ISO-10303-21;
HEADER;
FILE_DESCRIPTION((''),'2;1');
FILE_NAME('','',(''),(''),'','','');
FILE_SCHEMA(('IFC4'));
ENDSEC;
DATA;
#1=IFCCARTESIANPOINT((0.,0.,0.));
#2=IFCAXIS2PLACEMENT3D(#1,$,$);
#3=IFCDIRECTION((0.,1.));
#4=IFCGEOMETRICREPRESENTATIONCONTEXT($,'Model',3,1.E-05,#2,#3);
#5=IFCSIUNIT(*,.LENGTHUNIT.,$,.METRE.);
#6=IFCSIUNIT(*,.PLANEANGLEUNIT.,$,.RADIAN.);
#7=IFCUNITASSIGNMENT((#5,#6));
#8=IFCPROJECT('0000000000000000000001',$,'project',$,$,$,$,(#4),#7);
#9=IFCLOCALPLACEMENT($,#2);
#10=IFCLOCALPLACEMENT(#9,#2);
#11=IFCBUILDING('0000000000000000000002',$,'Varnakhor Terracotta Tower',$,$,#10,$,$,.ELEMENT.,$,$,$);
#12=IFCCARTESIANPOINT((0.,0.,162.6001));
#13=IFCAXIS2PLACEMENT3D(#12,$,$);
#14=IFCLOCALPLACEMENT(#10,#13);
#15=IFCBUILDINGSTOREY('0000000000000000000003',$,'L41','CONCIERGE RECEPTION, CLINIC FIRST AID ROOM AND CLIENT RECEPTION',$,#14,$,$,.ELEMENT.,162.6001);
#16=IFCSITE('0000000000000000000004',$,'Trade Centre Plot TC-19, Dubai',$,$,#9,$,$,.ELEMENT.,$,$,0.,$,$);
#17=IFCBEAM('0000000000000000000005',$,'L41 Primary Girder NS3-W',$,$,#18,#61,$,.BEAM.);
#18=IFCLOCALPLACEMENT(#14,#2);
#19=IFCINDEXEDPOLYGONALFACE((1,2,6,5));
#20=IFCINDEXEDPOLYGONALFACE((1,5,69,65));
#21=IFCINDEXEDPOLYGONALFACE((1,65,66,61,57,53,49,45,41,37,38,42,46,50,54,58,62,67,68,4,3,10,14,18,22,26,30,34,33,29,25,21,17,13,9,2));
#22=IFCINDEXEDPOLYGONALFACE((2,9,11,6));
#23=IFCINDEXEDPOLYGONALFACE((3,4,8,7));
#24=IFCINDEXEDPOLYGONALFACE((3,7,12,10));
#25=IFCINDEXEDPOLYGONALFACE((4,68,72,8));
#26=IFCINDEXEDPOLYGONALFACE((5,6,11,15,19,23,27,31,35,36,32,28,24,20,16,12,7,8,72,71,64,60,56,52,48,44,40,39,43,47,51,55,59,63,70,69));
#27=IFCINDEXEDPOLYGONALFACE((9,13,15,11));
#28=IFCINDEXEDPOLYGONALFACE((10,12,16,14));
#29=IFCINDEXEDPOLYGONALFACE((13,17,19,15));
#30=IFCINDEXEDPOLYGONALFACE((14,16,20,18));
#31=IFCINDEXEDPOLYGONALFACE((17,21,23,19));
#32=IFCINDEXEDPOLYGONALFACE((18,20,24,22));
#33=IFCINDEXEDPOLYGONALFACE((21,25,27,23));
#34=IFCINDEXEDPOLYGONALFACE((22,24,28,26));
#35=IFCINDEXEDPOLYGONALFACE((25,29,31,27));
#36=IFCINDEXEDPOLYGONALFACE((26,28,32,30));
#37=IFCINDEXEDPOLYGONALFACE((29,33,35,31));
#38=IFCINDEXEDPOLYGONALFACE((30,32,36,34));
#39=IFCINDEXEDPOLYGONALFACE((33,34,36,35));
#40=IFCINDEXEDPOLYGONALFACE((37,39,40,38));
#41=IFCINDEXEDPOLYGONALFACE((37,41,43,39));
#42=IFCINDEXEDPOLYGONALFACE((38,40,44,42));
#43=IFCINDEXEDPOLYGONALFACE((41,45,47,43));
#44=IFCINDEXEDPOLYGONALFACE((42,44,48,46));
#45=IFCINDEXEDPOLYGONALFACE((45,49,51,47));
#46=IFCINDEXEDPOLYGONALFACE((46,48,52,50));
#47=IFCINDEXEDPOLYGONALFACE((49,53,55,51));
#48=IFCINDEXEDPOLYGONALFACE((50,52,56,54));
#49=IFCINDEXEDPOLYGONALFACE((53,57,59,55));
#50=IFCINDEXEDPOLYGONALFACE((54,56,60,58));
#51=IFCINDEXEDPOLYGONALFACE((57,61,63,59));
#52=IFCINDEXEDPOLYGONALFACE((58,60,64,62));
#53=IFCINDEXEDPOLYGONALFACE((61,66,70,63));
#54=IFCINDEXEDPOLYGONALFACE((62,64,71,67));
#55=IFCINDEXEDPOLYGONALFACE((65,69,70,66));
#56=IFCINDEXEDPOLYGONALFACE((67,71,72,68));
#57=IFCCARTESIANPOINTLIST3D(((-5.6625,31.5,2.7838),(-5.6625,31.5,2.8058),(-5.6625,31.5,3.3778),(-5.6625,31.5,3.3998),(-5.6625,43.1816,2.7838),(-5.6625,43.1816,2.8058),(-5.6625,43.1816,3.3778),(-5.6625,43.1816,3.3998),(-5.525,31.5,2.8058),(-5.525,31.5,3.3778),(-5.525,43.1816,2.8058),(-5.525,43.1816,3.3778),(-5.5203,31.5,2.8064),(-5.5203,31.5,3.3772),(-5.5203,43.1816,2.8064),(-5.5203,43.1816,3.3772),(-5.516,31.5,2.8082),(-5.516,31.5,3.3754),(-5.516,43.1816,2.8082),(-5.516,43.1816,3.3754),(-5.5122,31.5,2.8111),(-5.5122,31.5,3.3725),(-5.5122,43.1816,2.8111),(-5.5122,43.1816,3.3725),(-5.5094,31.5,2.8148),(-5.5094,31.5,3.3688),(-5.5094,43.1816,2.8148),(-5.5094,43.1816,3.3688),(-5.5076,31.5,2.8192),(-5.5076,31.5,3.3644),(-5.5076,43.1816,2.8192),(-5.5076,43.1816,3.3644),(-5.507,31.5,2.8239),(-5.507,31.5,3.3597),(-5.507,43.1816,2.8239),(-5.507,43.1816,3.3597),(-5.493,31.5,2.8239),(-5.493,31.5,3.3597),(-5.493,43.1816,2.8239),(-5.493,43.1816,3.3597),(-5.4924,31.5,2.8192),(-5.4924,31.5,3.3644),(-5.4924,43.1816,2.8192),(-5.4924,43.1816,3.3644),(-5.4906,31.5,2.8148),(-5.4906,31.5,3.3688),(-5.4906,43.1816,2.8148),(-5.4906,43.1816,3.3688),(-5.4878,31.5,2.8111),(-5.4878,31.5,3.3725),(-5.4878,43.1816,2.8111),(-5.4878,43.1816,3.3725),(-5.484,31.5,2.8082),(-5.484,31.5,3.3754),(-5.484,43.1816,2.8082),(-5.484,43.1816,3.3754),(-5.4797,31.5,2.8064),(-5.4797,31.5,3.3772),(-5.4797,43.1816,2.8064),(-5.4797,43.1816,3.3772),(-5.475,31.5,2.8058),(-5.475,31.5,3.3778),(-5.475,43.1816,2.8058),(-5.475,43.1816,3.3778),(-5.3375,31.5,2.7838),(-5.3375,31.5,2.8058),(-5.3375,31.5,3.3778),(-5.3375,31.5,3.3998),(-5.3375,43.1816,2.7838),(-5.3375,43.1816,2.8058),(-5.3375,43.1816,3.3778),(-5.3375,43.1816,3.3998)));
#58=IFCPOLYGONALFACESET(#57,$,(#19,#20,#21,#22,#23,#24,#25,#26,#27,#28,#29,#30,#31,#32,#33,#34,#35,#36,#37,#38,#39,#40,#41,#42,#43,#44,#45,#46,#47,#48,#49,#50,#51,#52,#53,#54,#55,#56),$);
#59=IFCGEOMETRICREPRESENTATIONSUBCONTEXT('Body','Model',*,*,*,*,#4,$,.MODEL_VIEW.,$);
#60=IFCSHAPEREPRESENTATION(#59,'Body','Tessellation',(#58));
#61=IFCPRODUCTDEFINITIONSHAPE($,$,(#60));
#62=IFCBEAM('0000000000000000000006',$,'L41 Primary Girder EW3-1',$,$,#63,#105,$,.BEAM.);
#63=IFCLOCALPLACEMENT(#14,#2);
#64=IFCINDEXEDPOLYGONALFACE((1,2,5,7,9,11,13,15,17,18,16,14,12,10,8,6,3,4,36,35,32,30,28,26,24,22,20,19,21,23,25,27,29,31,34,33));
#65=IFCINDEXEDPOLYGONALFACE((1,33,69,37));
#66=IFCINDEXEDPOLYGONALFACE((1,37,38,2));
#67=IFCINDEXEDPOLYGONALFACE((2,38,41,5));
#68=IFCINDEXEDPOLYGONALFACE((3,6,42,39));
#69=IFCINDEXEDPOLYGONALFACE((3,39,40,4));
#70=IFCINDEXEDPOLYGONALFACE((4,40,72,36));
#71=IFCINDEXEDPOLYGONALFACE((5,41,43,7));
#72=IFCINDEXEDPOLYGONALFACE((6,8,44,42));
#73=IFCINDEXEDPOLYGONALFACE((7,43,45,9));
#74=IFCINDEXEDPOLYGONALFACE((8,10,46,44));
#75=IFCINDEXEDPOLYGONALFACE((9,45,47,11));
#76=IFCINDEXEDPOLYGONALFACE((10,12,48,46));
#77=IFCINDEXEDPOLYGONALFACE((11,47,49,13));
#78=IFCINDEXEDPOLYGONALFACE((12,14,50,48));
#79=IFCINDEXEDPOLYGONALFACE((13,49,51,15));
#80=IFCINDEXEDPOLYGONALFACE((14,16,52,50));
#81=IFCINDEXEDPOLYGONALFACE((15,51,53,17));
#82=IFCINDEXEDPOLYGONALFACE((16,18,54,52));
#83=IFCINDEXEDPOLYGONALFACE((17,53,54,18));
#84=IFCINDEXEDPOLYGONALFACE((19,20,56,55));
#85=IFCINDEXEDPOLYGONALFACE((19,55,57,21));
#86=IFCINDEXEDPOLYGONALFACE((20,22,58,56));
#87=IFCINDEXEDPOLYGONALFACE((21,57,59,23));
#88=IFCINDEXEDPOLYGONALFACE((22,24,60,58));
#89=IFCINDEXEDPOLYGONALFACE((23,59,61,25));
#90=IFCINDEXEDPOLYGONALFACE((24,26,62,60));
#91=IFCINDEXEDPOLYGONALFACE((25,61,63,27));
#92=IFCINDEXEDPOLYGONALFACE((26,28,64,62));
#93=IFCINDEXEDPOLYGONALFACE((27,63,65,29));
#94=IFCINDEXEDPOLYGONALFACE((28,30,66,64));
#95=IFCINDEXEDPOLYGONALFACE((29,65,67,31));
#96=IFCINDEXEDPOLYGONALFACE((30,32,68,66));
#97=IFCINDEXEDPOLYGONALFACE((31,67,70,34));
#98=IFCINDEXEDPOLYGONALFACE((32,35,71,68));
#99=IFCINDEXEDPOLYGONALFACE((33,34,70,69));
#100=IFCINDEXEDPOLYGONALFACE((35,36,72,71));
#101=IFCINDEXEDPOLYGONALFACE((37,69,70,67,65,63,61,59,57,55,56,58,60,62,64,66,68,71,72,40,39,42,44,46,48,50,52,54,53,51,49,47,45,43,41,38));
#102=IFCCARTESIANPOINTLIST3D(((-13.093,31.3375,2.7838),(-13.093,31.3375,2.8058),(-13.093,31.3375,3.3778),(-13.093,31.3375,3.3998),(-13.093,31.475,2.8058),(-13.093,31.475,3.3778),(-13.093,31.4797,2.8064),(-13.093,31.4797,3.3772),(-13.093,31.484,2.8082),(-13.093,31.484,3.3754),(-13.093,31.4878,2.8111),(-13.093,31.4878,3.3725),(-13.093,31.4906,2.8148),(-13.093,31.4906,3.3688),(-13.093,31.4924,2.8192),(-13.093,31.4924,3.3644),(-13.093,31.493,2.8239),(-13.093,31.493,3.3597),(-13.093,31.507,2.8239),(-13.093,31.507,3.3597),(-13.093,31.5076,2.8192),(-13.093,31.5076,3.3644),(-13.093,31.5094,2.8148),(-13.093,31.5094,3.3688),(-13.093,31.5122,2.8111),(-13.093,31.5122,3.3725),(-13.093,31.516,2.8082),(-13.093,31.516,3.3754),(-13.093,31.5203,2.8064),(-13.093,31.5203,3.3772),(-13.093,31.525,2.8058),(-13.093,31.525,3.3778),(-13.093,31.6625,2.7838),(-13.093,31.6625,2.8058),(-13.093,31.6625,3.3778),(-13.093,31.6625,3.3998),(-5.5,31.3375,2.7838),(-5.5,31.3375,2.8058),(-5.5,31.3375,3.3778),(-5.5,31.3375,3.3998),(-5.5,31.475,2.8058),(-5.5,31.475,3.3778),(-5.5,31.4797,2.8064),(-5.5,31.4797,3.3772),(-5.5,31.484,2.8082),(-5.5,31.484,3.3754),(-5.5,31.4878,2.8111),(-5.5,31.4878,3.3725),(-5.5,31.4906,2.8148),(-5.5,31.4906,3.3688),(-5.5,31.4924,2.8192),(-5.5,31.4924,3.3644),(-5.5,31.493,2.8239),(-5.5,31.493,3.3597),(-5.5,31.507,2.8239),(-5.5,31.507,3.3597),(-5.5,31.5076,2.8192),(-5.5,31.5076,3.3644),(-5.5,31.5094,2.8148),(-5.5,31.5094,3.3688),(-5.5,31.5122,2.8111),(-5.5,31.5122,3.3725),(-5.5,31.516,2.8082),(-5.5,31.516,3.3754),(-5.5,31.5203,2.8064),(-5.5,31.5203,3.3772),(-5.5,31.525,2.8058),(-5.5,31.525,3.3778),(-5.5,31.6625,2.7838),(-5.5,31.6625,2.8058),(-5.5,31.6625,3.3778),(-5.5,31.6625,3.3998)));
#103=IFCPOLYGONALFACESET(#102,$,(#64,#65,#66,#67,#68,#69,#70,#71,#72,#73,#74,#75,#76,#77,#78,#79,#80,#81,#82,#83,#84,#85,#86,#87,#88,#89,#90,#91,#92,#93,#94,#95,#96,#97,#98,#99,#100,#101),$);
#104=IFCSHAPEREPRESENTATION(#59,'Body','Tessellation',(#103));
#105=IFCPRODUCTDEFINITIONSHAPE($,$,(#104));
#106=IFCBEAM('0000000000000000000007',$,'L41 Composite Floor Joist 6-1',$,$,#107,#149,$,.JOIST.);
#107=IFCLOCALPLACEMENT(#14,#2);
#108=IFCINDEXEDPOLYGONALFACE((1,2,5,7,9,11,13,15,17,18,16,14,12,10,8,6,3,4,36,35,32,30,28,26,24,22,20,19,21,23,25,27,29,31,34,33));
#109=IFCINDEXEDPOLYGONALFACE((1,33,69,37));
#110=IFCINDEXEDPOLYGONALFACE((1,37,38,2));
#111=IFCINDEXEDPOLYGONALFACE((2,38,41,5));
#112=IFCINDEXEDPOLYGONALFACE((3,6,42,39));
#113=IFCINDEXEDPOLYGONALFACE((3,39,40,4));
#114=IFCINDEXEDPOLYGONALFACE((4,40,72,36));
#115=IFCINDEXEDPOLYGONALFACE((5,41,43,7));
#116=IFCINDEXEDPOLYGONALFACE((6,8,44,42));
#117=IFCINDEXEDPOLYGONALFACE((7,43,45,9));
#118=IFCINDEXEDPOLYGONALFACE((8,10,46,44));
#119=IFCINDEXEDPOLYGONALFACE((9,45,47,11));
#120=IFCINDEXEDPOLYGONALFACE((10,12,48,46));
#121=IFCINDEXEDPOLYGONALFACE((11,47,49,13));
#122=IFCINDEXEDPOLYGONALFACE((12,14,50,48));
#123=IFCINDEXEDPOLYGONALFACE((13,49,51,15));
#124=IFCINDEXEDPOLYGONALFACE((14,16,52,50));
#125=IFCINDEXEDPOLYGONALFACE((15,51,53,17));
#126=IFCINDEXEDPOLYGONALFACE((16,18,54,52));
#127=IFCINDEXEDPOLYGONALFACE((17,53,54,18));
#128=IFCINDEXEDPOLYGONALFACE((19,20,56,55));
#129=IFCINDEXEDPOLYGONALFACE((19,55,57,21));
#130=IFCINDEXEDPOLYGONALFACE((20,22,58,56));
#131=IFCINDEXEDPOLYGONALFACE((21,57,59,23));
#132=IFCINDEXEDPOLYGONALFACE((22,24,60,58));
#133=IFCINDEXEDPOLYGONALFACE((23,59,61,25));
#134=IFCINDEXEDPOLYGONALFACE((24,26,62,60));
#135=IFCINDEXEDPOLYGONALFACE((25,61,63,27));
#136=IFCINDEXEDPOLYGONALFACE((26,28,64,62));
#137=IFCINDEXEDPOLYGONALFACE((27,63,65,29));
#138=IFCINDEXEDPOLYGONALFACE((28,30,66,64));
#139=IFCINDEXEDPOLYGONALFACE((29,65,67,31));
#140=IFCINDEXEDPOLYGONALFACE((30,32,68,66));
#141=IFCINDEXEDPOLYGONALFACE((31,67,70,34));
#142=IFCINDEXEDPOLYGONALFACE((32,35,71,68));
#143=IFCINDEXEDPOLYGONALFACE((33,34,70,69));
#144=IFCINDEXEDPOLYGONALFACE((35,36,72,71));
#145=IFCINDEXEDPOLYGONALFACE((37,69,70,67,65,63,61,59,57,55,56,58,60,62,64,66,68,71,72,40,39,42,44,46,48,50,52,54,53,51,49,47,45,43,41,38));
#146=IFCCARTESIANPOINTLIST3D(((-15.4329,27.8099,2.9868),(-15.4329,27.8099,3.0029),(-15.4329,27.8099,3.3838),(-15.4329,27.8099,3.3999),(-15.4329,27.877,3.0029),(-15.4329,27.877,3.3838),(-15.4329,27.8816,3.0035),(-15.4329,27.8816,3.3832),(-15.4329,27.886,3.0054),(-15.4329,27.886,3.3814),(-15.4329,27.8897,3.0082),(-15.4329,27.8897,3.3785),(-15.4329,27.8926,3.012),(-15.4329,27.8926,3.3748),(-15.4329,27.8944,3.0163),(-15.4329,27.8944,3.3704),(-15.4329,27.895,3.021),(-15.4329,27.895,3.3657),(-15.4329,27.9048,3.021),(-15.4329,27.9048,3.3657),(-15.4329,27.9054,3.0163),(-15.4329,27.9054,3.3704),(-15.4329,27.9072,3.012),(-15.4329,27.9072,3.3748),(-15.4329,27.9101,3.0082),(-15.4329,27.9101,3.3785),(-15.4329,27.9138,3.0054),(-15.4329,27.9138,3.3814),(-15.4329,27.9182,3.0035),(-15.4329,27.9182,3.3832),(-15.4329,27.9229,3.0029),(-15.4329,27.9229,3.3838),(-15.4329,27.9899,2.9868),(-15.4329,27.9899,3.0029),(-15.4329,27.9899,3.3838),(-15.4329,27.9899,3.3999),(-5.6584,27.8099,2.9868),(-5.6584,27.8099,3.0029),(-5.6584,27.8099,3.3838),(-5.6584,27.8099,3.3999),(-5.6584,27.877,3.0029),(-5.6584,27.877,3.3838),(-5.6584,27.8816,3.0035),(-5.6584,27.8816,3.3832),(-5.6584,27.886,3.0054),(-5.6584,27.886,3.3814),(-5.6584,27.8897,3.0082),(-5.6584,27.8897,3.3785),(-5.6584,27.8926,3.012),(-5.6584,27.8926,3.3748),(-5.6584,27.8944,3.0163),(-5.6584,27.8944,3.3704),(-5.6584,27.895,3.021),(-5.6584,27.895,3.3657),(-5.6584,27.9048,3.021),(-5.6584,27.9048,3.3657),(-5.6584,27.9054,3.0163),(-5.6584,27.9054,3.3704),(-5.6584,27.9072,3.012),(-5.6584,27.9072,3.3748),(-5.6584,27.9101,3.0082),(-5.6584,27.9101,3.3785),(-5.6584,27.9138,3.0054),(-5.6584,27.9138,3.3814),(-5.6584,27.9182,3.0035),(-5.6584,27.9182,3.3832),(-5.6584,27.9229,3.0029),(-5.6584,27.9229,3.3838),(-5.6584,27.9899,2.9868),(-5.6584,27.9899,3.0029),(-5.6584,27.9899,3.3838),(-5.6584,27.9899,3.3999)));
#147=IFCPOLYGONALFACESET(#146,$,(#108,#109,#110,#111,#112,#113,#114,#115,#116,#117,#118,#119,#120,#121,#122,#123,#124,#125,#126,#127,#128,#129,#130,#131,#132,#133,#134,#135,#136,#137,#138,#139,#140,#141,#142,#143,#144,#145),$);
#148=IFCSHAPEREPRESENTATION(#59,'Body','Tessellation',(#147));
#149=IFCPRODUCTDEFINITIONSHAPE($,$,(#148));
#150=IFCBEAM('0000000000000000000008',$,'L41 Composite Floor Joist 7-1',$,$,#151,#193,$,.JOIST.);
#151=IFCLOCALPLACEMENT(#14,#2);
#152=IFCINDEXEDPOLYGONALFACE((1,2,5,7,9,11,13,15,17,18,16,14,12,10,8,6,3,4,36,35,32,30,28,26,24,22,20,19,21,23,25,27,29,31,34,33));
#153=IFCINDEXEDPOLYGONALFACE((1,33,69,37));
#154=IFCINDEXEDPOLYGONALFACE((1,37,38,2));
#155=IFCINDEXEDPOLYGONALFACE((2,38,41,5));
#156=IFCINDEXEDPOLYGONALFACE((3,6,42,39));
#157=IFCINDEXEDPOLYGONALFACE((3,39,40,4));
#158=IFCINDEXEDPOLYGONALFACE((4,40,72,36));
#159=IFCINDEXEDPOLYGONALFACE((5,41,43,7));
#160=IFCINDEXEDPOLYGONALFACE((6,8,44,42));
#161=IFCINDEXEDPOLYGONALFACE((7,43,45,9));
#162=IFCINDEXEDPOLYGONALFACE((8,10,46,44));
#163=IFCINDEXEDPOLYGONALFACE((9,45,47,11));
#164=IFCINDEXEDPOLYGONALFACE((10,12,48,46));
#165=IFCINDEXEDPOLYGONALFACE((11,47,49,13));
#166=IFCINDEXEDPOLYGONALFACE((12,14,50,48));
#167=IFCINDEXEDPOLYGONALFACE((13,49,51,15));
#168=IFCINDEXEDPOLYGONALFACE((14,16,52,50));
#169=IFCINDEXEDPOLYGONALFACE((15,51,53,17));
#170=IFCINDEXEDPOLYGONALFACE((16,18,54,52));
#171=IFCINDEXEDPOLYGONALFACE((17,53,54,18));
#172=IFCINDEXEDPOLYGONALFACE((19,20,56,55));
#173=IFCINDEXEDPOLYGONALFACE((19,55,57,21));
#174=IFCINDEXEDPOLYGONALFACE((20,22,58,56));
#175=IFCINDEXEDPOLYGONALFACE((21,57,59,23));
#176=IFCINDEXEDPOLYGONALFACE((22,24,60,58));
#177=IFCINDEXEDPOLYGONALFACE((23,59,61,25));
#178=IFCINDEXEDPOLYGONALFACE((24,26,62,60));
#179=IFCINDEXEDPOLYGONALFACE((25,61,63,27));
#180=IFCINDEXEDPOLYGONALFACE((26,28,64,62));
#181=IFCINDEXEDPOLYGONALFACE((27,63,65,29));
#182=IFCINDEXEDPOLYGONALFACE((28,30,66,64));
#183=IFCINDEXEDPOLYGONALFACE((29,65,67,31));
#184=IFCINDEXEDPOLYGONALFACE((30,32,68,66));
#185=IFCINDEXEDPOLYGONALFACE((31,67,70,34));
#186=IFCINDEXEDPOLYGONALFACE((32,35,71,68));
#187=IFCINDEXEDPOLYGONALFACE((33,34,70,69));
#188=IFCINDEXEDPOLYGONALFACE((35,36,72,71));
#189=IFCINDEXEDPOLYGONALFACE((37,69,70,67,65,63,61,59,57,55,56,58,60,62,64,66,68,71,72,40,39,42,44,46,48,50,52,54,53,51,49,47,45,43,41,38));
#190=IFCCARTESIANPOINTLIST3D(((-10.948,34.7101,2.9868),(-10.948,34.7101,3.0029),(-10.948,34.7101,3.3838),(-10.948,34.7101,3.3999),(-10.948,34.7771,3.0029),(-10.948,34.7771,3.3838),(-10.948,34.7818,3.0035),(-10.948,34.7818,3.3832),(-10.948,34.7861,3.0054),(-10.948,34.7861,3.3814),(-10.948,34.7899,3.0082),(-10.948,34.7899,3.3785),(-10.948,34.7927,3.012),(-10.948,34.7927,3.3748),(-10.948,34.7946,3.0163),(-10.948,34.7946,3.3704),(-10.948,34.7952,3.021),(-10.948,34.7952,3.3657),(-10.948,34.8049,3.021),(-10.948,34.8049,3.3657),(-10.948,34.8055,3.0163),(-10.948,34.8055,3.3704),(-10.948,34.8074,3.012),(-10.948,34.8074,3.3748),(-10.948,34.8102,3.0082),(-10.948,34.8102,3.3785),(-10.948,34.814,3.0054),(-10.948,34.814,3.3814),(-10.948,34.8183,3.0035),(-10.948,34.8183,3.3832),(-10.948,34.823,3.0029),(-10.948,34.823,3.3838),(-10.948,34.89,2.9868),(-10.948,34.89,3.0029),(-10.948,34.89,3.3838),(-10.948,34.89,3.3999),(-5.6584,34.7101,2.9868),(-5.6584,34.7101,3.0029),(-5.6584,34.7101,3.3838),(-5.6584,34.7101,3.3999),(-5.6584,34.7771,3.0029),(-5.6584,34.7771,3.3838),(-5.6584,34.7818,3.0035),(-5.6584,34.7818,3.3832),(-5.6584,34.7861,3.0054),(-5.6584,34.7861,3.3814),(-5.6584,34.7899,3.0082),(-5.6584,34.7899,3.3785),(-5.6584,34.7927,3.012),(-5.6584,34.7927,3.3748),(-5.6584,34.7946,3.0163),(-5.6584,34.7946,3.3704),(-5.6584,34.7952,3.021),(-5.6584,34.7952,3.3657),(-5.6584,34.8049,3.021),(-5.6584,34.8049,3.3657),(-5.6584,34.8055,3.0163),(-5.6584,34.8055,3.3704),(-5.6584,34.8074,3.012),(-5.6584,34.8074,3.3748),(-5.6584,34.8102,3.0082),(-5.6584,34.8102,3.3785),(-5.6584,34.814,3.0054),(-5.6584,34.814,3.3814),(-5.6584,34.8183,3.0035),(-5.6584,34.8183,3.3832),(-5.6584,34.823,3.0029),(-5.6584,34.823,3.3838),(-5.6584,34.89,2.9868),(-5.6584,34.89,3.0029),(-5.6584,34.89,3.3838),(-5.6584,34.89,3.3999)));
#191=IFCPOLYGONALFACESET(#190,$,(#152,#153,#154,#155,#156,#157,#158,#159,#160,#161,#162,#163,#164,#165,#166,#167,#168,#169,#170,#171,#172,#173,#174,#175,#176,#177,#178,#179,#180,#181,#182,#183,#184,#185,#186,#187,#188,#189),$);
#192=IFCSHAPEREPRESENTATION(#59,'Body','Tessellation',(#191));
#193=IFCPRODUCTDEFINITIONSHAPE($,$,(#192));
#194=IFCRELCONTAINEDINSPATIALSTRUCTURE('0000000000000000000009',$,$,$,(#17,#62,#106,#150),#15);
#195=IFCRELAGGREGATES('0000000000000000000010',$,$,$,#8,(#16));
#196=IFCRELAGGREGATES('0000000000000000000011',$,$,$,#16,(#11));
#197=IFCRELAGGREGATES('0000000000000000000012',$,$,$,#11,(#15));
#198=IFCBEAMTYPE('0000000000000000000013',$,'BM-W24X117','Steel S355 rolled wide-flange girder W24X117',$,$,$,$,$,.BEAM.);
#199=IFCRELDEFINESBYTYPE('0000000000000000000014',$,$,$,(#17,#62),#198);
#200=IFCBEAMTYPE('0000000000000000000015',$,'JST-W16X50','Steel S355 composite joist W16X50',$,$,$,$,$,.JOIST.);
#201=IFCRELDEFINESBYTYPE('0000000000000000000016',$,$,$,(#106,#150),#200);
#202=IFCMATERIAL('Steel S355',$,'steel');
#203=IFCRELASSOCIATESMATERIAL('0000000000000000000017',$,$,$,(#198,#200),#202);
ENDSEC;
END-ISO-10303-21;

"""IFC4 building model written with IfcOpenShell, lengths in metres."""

from ifc_helpers import new_model, si_unit, direction, frame, origin, origin_2d, place, context, subcontext, project, spatial, i_section, extrude, source, transform, mapped, material, material_profile, profile_set, type_object, element, save


model = new_model("IFC4")

# Units and contexts
model_context = context("Model", 3, precision=1e-05, world=origin(), true_north=direction((0.0, 1.0)))
body_context = subcontext(model_context, "Body", "Model", "MODEL_VIEW")
ifc_project = project(units=[si_unit("LENGTHUNIT", "METRE"), si_unit("PLANEANGLEUNIT", "RADIAN")], contexts=[model_context])

# Site, building, storey
site_placement = place(None, origin())
site = spatial("IfcSite", under=ifc_project, at=site_placement, Name="Trade Centre Plot TC-19, Dubai", CompositionType="ELEMENT", RefElevation=0.0)
building_placement = place(site_placement, origin())
building = spatial("IfcBuilding", under=site, at=building_placement, Name="Varnakhor Terracotta Tower", CompositionType="ELEMENT")
storey_placement = place(building_placement, frame((0.0, 0.0, 162.6001)))
storey = spatial("IfcBuildingStorey", under=building, at=storey_placement, Name="L41", Description="CONCIERGE RECEPTION, CLINIC FIRST AID ROOM AND CLIENT RECEPTION", CompositionType="ELEMENT", Elevation=162.6001)

# Beams
ifc_material_1 = material(Name="Steel S355", Category="steel")
ifc_material_profile_1 = material_profile(ifc_material_1, i_section(OverallWidth=0.325, OverallDepth=0.616, WebThickness=0.0139, FlangeThickness=0.022, FilletRadius=0.0181, at=origin_2d()), Name="W24X117")
ifc_profile_set_1 = profile_set([ifc_material_profile_1], Name="Steel S355")
beam_type_1 = type_object("IfcBeamType", Name="BM-W24X117", Description="Steel S355 rolled wide-flange girder W24X117", PredefinedType="BEAM", material=ifc_profile_set_1)
ifc_material_profile_2 = material_profile(ifc_material_1, i_section(OverallWidth=0.1799, OverallDepth=0.4131, WebThickness=0.0098, FlangeThickness=0.0161, FilletRadius=0.0181, at=origin_2d()), Name="W16X50")
ifc_profile_set_2 = profile_set([ifc_material_profile_2], Name="Steel S355")
beam_type_2 = type_object("IfcBeamType", Name="JST-W16X50", Description="Steel S355 composite joist W16X50", PredefinedType="JOIST", material=ifc_profile_set_2)
shared_shape_1 = source(origin(), body_context, "Body", "SweptSolid", [
    extrude(i_section(OverallWidth=0.325, OverallDepth=0.616, WebThickness=0.0139, FlangeThickness=0.022, FilletRadius=0.0181, at=origin_2d()), origin(), (0.0, 0.0, 1.0), 11.6816),
])
beam_1_placement = place(storey_placement, frame((-5.5, 31.5, 3.0918), z_axis=(0.0, 1.0, 0.0), x_axis=(-1.0, 0.0, 0.0)))
element("IfcBeam", 1, at=beam_1_placement, inside=storey, type_object=beam_type_1, Name="L41 Primary Girder NS3-W", PredefinedType="BEAM", context=body_context, shape_type="MappedRepresentation", body=[
    mapped(shared_shape_1, transform((0.0, 0.0, 0.0), scale=1.0)),
])
shared_shape_2 = source(origin(), body_context, "Body", "SweptSolid", [
    extrude(i_section(OverallWidth=0.325, OverallDepth=0.616, WebThickness=0.0139, FlangeThickness=0.022, FilletRadius=0.0181, at=origin_2d()), origin(), (0.0, 0.0, 1.0), 7.593),
])
beam_2_placement = place(storey_placement, frame((-13.093, 31.5, 3.0918), z_axis=(1.0, 0.0, 0.0), x_axis=(0.0, 1.0, 0.0)))
element("IfcBeam", 2, at=beam_2_placement, inside=storey, type_object=beam_type_1, Name="L41 Primary Girder EW3-1", PredefinedType="BEAM", context=body_context, shape_type="MappedRepresentation", body=[
    mapped(shared_shape_2, transform((0.0, 0.0, 0.0), scale=1.0)),
])
shared_shape_3 = source(origin(), body_context, "Body", "SweptSolid", [
    extrude(i_section(OverallWidth=0.1799, OverallDepth=0.4131, WebThickness=0.0098, FlangeThickness=0.0161, FilletRadius=0.0181, at=origin_2d()), origin(), (0.0, 0.0, 1.0), 9.7744),
])
beam_3_placement = place(storey_placement, frame((-15.4329, 27.8999, 3.1934), z_axis=(1.0, 0.0, 0.0), x_axis=(0.0, 1.0, 0.0)))
element("IfcBeam", 3, at=beam_3_placement, inside=storey, type_object=beam_type_2, Name="L41 Composite Floor Joist 6-1", PredefinedType="JOIST", context=body_context, shape_type="MappedRepresentation", body=[
    mapped(shared_shape_3, transform((0.0, 0.0, 0.0), scale=1.0)),
])
shared_shape_4 = source(origin(), body_context, "Body", "SweptSolid", [
    extrude(i_section(OverallWidth=0.1799, OverallDepth=0.4131, WebThickness=0.0098, FlangeThickness=0.0161, FilletRadius=0.0181, at=origin_2d()), origin(), (0.0, 0.0, 1.0), 5.2896),
])
beam_4_placement = place(storey_placement, frame((-10.948, 34.8, 3.1934), z_axis=(1.0, 0.0, 0.0), x_axis=(0.0, 1.0, 0.0)))
element("IfcBeam", 4, at=beam_4_placement, inside=storey, type_object=beam_type_2, Name="L41 Composite Floor Joist 7-1", PredefinedType="JOIST", context=body_context, shape_type="MappedRepresentation", body=[
    mapped(shared_shape_4, transform((0.0, 0.0, 0.0), scale=1.0)),
])

save(model, "model.ifc")
